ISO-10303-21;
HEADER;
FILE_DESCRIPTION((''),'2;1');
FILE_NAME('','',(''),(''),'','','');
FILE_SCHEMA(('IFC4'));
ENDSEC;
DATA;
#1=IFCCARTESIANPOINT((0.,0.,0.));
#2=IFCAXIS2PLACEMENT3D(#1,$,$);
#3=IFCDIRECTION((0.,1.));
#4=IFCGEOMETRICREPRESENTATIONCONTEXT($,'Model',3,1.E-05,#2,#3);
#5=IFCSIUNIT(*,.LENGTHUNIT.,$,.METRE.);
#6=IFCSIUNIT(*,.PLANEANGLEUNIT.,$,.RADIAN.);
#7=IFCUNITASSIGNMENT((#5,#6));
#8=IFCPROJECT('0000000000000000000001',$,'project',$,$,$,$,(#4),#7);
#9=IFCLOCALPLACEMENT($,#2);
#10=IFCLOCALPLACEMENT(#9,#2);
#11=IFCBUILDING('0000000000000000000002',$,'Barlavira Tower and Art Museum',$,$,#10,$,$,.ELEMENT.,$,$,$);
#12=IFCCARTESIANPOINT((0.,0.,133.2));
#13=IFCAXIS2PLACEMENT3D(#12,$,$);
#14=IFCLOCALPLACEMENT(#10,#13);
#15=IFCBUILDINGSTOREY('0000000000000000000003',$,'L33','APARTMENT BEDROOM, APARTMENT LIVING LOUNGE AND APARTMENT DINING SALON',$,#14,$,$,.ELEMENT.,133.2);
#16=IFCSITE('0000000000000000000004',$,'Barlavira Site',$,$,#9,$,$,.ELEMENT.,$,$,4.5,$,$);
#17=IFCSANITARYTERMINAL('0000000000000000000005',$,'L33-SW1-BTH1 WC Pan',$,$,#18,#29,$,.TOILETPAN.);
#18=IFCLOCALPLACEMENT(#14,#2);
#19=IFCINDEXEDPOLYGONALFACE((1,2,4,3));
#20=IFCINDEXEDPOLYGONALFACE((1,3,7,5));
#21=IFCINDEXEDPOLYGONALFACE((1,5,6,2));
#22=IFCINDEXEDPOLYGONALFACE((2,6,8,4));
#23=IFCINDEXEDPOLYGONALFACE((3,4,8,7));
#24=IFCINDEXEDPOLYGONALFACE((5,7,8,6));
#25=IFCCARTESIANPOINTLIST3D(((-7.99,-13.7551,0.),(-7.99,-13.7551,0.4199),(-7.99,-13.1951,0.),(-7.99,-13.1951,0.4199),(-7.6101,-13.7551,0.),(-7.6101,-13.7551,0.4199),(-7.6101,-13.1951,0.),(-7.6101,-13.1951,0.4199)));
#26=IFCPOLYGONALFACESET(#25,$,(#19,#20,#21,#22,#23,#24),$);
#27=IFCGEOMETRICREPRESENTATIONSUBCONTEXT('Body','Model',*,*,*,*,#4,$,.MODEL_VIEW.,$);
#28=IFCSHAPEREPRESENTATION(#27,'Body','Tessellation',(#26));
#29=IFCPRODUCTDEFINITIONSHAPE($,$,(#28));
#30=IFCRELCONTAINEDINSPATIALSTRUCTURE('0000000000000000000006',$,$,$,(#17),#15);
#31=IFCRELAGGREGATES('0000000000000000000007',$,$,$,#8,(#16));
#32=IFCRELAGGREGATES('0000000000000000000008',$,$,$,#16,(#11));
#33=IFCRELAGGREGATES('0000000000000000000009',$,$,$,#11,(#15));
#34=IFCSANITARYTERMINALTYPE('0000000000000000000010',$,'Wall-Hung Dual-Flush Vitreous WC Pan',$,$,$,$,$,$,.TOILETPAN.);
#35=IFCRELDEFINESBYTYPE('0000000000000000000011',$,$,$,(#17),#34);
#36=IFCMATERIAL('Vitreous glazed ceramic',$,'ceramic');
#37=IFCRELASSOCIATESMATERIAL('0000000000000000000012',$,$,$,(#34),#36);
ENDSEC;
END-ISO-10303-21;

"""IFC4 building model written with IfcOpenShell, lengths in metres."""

from ifc_helpers import new_model, si_unit, direction, frame, origin, origin_2d, place, context, subcontext, project, spatial, rectangle, extrude, material, type_object, element, save


model = new_model("IFC4")

# Units and contexts
model_context = context("Model", 3, precision=1e-05, world=origin(), true_north=direction((0.0, 1.0)))
body_context = subcontext(model_context, "Body", "Model", "MODEL_VIEW")
ifc_project = project(units=[si_unit("LENGTHUNIT", "METRE"), si_unit("PLANEANGLEUNIT", "RADIAN")], contexts=[model_context])

# Site, building, storey
site_placement = place(None, origin())
site = spatial("IfcSite", under=ifc_project, at=site_placement, Name="Barlavira Site", CompositionType="ELEMENT", RefElevation=4.5)
building_placement = place(site_placement, origin())
building = spatial("IfcBuilding", under=site, at=building_placement, Name="Barlavira Tower and Art Museum", CompositionType="ELEMENT")
storey_placement = place(building_placement, frame((0.0, 0.0, 133.2)))
storey = spatial("IfcBuildingStorey", under=building, at=storey_placement, Name="L33", Description="APARTMENT BEDROOM, APARTMENT LIVING LOUNGE AND APARTMENT DINING SALON", CompositionType="ELEMENT", Elevation=133.2)

# Sanitary terminal
ifc_material_1 = material(Name="Vitreous glazed ceramic", Category="ceramic")
sanitary_terminal_type_1 = type_object("IfcSanitaryTerminalType", Name="Wall-Hung Dual-Flush Vitreous WC Pan", PredefinedType="TOILETPAN", material=ifc_material_1)
sanitary_terminal_1_placement = place(storey_placement, frame((-7.8, -13.4751, 0.0), z_axis=(0.0, 0.0, 1.0), x_axis=(1.0, 0.0, 0.0)))
element("IfcSanitaryTerminal", 1, at=sanitary_terminal_1_placement, inside=storey, type_object=sanitary_terminal_type_1, Name="L33-SW1-BTH1 WC Pan", PredefinedType="TOILETPAN", context=body_context, shape_type="SweptSolid", body=[
    extrude(rectangle(XDim=0.3799, YDim=0.5601, at=origin_2d()), origin(), (0.0, 0.0, 1.0), 0.4199),
])

save(model, "model.ifc")
